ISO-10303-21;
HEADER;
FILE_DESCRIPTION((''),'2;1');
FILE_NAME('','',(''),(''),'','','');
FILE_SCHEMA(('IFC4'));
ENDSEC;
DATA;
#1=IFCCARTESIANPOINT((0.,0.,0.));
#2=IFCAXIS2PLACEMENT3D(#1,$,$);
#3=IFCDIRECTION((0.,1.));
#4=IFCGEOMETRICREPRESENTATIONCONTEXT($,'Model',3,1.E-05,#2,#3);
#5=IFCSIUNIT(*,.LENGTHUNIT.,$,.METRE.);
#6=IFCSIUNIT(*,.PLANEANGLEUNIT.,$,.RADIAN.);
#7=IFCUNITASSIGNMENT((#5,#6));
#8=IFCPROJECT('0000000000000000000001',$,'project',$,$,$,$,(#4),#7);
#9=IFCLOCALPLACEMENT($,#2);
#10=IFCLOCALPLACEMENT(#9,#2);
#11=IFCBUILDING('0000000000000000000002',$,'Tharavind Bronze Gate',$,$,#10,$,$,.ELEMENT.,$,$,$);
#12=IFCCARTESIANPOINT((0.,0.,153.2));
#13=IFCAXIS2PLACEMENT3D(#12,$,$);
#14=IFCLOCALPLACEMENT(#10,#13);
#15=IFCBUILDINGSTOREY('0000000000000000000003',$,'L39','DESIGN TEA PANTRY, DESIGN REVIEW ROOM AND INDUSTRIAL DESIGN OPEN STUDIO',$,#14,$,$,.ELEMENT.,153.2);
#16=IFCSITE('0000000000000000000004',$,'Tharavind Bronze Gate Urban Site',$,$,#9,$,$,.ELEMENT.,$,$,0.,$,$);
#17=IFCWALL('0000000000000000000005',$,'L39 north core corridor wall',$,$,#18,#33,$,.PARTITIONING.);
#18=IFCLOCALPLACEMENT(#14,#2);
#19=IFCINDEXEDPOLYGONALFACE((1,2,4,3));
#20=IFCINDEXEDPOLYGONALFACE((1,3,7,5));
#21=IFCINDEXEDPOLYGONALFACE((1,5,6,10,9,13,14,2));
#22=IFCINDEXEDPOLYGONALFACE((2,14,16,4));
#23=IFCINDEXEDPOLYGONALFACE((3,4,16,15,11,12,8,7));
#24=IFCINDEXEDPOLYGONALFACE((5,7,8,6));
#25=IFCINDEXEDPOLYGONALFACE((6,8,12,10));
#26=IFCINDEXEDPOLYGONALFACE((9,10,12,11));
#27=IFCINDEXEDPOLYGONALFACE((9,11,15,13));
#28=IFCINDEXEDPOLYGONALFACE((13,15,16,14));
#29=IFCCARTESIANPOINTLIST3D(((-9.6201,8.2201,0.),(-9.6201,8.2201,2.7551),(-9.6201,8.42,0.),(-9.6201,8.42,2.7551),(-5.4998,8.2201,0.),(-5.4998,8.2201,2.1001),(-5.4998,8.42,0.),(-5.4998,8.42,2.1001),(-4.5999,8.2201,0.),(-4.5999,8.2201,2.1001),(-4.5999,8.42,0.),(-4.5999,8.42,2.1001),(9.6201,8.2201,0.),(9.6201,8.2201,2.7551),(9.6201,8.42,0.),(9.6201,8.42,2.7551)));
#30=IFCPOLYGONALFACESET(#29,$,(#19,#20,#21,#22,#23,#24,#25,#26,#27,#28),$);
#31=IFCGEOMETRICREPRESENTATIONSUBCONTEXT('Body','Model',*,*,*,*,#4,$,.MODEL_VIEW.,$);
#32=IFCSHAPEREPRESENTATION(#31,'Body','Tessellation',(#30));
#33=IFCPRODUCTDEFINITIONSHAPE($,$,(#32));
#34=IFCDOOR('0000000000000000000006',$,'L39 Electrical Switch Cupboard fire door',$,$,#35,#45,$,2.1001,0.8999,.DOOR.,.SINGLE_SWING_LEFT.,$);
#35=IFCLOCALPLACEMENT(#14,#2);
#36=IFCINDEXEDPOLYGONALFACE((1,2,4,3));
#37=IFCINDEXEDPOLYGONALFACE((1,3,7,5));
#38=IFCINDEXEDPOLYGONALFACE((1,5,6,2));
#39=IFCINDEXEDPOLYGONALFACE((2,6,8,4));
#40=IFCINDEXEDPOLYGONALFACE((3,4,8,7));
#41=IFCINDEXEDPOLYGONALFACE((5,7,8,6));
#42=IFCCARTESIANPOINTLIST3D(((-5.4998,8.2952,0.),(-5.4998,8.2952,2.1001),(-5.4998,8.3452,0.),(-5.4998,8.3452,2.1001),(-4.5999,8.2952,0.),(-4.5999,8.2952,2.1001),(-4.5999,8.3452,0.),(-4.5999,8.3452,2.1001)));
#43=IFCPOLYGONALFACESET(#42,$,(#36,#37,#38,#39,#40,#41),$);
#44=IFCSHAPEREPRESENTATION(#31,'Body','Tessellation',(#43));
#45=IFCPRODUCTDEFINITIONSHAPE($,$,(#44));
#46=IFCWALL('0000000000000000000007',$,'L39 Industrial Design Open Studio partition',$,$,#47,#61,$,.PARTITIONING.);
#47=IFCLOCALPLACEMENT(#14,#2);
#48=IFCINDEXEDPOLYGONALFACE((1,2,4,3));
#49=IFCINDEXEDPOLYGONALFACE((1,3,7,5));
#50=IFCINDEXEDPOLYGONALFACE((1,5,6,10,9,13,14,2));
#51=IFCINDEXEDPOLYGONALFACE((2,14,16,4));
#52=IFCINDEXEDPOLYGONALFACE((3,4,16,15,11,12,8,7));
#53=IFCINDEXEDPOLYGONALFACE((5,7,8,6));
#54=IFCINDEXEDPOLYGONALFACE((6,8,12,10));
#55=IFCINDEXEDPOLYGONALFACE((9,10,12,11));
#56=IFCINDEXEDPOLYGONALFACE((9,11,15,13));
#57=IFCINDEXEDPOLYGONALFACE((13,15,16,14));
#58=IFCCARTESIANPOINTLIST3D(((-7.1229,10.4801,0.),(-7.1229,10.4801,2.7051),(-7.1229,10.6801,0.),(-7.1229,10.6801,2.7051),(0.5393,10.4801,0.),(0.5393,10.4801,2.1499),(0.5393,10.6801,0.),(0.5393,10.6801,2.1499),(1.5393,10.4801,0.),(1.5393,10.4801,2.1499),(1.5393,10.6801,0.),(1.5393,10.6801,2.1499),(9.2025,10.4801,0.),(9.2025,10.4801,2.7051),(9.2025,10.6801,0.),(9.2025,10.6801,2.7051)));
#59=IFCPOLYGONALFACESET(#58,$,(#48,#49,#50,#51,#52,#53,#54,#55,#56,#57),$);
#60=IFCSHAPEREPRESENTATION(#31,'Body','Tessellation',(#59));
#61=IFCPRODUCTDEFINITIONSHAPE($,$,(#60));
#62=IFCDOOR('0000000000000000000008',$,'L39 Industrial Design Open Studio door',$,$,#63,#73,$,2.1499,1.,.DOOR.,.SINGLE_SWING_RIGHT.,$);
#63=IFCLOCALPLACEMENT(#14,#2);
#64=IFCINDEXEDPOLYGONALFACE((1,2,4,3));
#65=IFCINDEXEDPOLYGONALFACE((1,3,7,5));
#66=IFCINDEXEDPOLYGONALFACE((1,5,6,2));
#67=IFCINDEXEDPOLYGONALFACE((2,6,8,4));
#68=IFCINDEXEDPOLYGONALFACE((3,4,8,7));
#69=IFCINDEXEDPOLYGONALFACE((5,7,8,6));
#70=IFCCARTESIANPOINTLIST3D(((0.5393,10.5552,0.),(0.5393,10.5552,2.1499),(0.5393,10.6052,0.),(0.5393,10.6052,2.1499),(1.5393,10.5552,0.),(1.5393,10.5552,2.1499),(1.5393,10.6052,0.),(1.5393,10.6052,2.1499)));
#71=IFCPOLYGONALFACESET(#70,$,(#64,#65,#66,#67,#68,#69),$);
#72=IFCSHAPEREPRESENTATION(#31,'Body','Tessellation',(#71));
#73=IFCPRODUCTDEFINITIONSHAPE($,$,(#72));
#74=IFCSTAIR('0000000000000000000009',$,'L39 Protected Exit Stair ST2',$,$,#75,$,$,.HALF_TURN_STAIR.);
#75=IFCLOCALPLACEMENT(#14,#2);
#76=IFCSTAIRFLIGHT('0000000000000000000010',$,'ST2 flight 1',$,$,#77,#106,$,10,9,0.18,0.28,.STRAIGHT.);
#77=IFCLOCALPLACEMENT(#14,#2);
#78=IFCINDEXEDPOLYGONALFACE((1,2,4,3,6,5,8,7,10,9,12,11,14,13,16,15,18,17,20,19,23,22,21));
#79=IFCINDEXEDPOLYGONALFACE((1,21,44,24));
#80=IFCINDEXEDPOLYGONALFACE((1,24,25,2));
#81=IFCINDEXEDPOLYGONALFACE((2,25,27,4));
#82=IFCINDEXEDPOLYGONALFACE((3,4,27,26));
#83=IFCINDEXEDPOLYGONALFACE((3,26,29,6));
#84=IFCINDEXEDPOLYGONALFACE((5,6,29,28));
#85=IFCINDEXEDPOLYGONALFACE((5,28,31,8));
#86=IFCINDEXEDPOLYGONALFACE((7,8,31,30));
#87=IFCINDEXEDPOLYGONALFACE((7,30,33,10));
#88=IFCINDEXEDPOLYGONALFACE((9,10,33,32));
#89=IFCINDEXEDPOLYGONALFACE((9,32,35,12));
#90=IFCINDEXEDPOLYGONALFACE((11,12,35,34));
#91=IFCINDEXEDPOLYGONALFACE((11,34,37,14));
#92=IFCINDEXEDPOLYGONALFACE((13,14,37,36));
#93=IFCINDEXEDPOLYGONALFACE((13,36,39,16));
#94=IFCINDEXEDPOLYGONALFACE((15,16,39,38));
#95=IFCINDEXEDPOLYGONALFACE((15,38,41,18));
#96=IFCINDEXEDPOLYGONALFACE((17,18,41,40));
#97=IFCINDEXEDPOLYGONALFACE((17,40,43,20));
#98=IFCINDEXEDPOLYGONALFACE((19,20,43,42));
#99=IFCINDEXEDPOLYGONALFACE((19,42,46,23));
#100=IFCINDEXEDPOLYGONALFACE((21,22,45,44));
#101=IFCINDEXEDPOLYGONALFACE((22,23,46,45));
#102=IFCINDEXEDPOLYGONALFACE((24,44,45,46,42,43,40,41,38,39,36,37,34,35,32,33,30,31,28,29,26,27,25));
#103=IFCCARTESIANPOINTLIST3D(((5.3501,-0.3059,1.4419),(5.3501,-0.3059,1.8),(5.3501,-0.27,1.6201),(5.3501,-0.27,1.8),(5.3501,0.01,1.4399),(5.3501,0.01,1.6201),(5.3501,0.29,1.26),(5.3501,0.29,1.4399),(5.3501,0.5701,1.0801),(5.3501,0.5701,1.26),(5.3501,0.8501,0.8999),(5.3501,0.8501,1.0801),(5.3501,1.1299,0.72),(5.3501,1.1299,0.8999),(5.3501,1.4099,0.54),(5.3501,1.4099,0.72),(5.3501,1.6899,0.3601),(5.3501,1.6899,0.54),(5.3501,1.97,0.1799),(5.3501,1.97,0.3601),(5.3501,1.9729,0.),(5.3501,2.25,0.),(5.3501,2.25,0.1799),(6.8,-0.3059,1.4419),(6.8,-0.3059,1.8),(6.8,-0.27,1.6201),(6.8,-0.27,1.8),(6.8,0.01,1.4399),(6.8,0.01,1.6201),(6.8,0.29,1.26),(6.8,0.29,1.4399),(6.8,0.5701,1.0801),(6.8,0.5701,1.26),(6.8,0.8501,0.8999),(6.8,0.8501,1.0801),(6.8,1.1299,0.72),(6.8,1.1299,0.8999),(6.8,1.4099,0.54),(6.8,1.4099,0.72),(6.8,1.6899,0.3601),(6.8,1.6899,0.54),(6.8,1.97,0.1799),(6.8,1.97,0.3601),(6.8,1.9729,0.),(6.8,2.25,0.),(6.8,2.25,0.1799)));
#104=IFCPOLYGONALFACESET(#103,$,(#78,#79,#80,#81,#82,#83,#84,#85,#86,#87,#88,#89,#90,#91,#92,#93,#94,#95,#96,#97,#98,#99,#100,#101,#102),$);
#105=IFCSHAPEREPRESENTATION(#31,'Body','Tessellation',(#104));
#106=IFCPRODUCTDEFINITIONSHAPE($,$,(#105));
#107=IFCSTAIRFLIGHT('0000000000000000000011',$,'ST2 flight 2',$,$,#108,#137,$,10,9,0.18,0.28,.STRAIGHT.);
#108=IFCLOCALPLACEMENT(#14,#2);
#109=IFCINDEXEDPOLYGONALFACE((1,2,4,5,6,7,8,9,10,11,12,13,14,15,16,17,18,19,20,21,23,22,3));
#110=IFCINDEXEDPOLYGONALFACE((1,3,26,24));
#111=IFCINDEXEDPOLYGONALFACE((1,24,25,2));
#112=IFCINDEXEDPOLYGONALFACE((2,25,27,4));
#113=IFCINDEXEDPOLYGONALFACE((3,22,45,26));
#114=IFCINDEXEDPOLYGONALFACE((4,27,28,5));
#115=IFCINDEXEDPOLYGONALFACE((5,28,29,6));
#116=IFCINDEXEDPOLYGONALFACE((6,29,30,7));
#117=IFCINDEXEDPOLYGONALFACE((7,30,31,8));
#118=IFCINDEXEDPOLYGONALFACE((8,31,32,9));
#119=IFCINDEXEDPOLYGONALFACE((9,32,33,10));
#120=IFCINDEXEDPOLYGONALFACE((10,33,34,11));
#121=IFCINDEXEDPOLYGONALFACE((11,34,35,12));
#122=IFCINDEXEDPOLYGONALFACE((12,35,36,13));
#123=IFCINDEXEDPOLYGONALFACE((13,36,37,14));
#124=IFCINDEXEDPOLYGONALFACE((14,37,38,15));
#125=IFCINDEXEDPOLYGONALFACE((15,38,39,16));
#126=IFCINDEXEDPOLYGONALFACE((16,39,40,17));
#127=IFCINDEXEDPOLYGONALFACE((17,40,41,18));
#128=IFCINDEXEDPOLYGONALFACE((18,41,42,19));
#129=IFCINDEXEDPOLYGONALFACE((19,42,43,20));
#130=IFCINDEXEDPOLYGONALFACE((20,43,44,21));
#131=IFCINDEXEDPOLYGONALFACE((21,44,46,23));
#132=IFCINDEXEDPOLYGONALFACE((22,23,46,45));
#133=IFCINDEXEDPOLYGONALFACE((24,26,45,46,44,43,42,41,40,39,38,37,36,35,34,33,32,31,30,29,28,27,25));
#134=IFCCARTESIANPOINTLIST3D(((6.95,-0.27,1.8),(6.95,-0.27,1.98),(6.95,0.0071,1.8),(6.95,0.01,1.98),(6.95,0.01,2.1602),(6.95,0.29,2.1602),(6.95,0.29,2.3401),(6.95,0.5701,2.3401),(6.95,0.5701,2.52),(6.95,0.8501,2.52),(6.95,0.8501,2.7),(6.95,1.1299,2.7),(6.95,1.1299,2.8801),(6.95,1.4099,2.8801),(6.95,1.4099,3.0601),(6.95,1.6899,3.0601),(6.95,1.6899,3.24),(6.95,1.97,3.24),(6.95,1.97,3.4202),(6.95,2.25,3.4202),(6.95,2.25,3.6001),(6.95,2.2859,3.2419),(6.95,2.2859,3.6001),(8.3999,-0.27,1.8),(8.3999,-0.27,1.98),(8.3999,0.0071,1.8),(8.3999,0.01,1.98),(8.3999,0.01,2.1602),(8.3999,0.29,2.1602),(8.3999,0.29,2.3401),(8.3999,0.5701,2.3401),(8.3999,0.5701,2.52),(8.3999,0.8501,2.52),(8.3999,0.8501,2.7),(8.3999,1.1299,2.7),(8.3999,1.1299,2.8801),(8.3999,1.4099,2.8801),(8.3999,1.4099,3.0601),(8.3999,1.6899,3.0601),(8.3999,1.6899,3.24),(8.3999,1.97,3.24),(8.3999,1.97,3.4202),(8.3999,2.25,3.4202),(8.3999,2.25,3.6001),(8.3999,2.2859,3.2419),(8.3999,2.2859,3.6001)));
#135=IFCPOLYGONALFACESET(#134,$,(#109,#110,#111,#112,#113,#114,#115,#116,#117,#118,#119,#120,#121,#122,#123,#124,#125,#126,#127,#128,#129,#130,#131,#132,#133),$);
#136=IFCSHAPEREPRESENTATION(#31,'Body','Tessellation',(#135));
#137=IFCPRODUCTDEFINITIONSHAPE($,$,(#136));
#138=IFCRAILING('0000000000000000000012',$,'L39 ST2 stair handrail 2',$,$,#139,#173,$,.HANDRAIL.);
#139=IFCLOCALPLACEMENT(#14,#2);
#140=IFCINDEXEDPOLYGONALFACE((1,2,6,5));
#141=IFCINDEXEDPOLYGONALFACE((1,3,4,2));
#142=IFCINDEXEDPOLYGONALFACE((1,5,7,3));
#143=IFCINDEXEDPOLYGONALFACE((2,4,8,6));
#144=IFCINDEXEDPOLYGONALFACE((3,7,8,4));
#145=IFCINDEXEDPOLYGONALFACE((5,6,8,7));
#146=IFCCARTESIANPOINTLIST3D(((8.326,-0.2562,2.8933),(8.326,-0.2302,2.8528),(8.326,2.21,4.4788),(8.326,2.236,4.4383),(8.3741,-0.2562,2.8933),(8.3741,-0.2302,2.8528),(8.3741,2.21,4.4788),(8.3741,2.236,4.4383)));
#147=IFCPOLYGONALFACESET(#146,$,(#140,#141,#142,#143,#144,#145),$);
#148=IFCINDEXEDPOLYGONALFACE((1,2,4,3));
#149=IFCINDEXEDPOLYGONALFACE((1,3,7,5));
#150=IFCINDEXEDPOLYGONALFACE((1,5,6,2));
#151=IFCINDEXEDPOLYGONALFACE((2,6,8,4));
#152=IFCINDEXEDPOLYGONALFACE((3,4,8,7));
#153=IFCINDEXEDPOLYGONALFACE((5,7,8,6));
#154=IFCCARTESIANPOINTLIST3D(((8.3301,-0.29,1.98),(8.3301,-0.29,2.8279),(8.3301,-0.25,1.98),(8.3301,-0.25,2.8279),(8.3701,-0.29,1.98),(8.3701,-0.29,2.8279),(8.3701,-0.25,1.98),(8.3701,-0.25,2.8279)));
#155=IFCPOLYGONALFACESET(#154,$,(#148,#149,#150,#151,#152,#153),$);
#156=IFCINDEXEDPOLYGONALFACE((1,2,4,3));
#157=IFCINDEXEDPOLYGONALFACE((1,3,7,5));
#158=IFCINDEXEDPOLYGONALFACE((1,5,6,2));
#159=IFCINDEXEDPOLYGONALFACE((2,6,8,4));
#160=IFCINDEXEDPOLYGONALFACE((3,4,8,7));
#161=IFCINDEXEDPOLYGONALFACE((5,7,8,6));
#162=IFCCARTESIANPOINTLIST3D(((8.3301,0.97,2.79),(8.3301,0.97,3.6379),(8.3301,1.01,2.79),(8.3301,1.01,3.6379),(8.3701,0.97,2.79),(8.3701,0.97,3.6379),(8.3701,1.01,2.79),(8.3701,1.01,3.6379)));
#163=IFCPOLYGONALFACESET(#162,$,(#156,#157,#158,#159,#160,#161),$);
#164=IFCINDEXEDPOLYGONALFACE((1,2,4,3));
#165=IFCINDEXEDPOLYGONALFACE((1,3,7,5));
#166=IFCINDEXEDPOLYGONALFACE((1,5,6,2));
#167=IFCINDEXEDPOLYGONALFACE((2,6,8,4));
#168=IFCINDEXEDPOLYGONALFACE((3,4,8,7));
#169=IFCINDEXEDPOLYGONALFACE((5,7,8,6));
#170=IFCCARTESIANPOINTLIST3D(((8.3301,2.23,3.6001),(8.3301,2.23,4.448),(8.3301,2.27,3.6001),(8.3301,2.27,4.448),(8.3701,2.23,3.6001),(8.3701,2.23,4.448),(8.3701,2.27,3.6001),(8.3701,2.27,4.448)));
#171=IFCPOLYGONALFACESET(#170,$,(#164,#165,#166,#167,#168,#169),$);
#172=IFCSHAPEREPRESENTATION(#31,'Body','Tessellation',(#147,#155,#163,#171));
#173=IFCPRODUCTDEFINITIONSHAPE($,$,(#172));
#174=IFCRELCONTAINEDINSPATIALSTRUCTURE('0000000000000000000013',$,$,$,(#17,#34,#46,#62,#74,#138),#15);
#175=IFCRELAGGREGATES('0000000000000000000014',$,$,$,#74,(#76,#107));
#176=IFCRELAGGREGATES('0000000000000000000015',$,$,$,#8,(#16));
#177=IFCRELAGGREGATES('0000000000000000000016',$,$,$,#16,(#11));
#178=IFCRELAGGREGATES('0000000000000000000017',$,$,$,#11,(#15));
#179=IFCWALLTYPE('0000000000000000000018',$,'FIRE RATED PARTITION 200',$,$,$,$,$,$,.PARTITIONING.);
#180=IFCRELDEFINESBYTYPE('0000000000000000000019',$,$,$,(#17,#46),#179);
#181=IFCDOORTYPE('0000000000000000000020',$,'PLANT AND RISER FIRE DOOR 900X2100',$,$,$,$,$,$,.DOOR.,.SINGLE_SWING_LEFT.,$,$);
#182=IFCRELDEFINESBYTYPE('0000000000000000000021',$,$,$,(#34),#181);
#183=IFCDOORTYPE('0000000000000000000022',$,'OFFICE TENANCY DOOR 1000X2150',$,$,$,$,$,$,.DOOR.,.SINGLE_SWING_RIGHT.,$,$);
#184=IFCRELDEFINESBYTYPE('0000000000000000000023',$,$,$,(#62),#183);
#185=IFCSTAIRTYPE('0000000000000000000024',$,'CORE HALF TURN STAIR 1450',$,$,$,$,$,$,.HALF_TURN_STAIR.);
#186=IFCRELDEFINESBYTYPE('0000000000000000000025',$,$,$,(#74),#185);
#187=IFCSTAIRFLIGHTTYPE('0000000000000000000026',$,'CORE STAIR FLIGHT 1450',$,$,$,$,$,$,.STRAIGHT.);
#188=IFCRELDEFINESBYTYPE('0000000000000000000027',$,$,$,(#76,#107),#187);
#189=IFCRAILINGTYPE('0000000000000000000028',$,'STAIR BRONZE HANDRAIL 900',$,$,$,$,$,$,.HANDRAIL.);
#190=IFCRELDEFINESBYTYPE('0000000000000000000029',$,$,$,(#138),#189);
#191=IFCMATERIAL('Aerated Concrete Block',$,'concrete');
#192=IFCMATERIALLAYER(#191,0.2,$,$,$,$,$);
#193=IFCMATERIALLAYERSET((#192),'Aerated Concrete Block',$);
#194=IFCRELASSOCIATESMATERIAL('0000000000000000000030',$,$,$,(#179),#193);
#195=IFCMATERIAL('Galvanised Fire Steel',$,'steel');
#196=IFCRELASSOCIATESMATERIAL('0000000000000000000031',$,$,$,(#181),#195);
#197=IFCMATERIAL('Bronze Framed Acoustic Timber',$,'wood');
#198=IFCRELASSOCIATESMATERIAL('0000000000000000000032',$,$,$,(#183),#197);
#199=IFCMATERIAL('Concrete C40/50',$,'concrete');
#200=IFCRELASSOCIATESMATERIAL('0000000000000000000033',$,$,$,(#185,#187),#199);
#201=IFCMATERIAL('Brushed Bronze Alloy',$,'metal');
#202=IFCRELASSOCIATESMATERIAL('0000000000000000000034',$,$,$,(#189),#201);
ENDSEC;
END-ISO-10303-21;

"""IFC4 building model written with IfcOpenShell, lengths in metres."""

from ifc_helpers import new_model, si_unit, direction, frame, frame_2d, origin, origin_2d, place, context, subcontext, project, spatial, polyline, rectangle, outline, extrude, material, layer, layer_set, type_object, element, fill, aggregate, save


model = new_model("IFC4")

# Units and contexts
model_context = context("Model", 3, precision=1e-05, world=origin(), true_north=direction((0.0, 1.0)))
body_context = subcontext(model_context, "Body", "Model", "MODEL_VIEW")
ifc_project = project(units=[si_unit("LENGTHUNIT", "METRE"), si_unit("PLANEANGLEUNIT", "RADIAN")], contexts=[model_context])

# Site, building, storey
site_placement = place(None, origin())
site = spatial("IfcSite", under=ifc_project, at=site_placement, Name="Tharavind Bronze Gate Urban Site", CompositionType="ELEMENT", RefElevation=0.0)
building_placement = place(site_placement, origin())
building = spatial("IfcBuilding", under=site, at=building_placement, Name="Tharavind Bronze Gate", CompositionType="ELEMENT")
storey_placement = place(building_placement, frame((0.0, 0.0, 153.2)))
storey = spatial("IfcBuildingStorey", under=building, at=storey_placement, Name="L39", Description="DESIGN TEA PANTRY, DESIGN REVIEW ROOM AND INDUSTRIAL DESIGN OPEN STUDIO", CompositionType="ELEMENT", Elevation=153.2)

# Walls, openings, doors
ifc_material_1 = material(Name="Aerated Concrete Block", Category="concrete")
ifc_layer_1 = layer(ifc_material_1, 0.2)
ifc_layer_set_1 = layer_set([ifc_layer_1], Name="Aerated Concrete Block")
wall_type = type_object("IfcWallType", Name="FIRE RATED PARTITION 200", PredefinedType="PARTITIONING", material=ifc_layer_set_1)
wall_1_placement = place(storey_placement, frame((9.6201, 8.3201, 0.0), z_axis=(0.0, 0.0, 1.0), x_axis=(-1.0, 0.0, 0.0)))
wall_1 = element("IfcWall", 1, at=wall_1_placement, inside=storey, type_object=wall_type, Name="L39 north core corridor wall", PredefinedType="PARTITIONING", context=body_context, shape_type="SweptSolid", body=[
    extrude(rectangle(XDim=19.2402, YDim=0.2, at=frame_2d((9.6201, 0.0))), origin(), (0.0, 0.0, 1.0), 2.7551),
])
opening_1_placement = place(wall_1_placement, frame((14.22, 0.0, 0.0)))
opening_1 = element("IfcOpeningElement", 2, at=opening_1_placement, cuts=wall_1, PredefinedType="OPENING", context=body_context, shape_type="SweptSolid", body=[
    extrude(rectangle(XDim=0.8999, YDim=2.1001, at=frame_2d((0.45, 1.05))), frame((0.0, 0.1101, 0.0), z_axis=(0.0, -1.0, 0.0), x_axis=(1.0, 0.0, 0.0)), (0.0, 0.0, 1.0), 0.22),
])
ifc_material_2 = material(Name="Galvanised Fire Steel", Category="steel")
door_type_1 = type_object("IfcDoorType", Name="PLANT AND RISER FIRE DOOR 900X2100", OperationType="SINGLE_SWING_LEFT", PredefinedType="DOOR", material=ifc_material_2)
door_1_placement = place(opening_1_placement, origin())
door_1 = element("IfcDoor", 3, at=door_1_placement, inside=storey, type_object=door_type_1, Name="L39 Electrical Switch Cupboard fire door", OperationType="SINGLE_SWING_LEFT", OverallHeight=2.1001, OverallWidth=0.8999, PredefinedType="DOOR", context=body_context, shape_type="SweptSolid", body=[
    extrude(rectangle(XDim=0.8999, YDim=2.1001, at=frame_2d((0.45, 1.05))), frame((0.0, 0.0249, 0.0), z_axis=(0.0, -1.0, 0.0), x_axis=(1.0, 0.0, 0.0)), (0.0, 0.0, 1.0), 0.05),
])
fill(opening_1, door_1)
wall_2_placement = place(storey_placement, frame((9.2024, 10.5801, 0.0), z_axis=(0.0, 0.0, 1.0), x_axis=(-1.0, 0.0, 0.0)))
wall_2 = element("IfcWall", 4, at=wall_2_placement, inside=storey, type_object=wall_type, Name="L39 Industrial Design Open Studio partition", PredefinedType="PARTITIONING", context=body_context, shape_type="SweptSolid", body=[
    extrude(rectangle(XDim=16.3254, YDim=0.2, at=frame_2d((8.1626, 0.0))), origin(), (0.0, 0.0, 1.0), 2.7051),
])
opening_2_placement = place(wall_2_placement, frame((7.6631, 0.0, 0.0)))
opening_2 = element("IfcOpeningElement", 5, at=opening_2_placement, cuts=wall_2, PredefinedType="OPENING", context=body_context, shape_type="SweptSolid", body=[
    extrude(rectangle(XDim=1.0, YDim=2.1499, at=frame_2d((0.5, 1.075))), frame((0.0, 0.1101, 0.0), z_axis=(0.0, -1.0, 0.0), x_axis=(1.0, 0.0, 0.0)), (0.0, 0.0, 1.0), 0.22),
])
ifc_material_3 = material(Name="Bronze Framed Acoustic Timber", Category="wood")
door_type_2 = type_object("IfcDoorType", Name="OFFICE TENANCY DOOR 1000X2150", OperationType="SINGLE_SWING_RIGHT", PredefinedType="DOOR", material=ifc_material_3)
door_2_placement = place(opening_2_placement, origin())
door_2 = element("IfcDoor", 6, at=door_2_placement, inside=storey, type_object=door_type_2, Name="L39 Industrial Design Open Studio door", OperationType="SINGLE_SWING_RIGHT", OverallHeight=2.1499, OverallWidth=1.0, PredefinedType="DOOR", context=body_context, shape_type="SweptSolid", body=[
    extrude(rectangle(XDim=1.0, YDim=2.1499, at=frame_2d((0.5, 1.075))), frame((0.0, 0.0249, 0.0), z_axis=(0.0, -1.0, 0.0), x_axis=(1.0, 0.0, 0.0)), (0.0, 0.0, 1.0), 0.05),
])
fill(opening_2, door_2)

# Stair, stair flights
ifc_material_4 = material(Name="Concrete C40/50", Category="concrete")
stair_type = type_object("IfcStairType", Name="CORE HALF TURN STAIR 1450", PredefinedType="HALF_TURN_STAIR", material=ifc_material_4)
stair_placement = place(storey_placement, origin())
stair = element("IfcStair", 7, at=stair_placement, inside=storey, type_object=stair_type, Name="L39 Protected Exit Stair ST2", PredefinedType="HALF_TURN_STAIR")
stair_flight_type = type_object("IfcStairFlightType", Name="CORE STAIR FLIGHT 1450", PredefinedType="STRAIGHT", material=ifc_material_4)
stair_flight_1_placement = place(storey_placement, frame((6.075, 2.25, 0.0), z_axis=(0.0, 0.0, 1.0), x_axis=(0.0, -1.0, 0.0)))
stair_flight_1 = element("IfcStairFlight", 8, at=stair_flight_1_placement, type_object=stair_flight_type, Name="ST2 flight 1", NumberOfRisers=10, NumberOfTreads=9, PredefinedType="STRAIGHT", RiserHeight=0.18, TreadLength=0.28, context=body_context, shape_type="SweptSolid", body=[
    extrude(outline(polyline([(0.0, 0.0), (0.0, 0.1799), (0.28, 0.1799), (0.28, 0.3601), (0.5601, 0.3601), (0.5601, 0.54), (0.8401, 0.54), (0.8401, 0.72), (1.1201, 0.72), (1.1201, 0.8999), (1.3999, 0.8999), (1.3999, 1.0801), (1.6799, 1.0801), (1.6799, 1.26), (1.96, 1.26), (1.96, 1.4399), (2.24, 1.4399), (2.24, 1.6201), (2.52, 1.6201), (2.52, 1.8), (2.5559, 1.8), (2.5559, 1.4419), (0.2771, 0.0), (0.0, 0.0)])), frame((0.0, 0.7251, 0.0), z_axis=(0.0, -1.0, 0.0), x_axis=(1.0, 0.0, 0.0)), (0.0, 0.0, 1.0), 1.45),
])
stair_flight_2_placement = place(storey_placement, frame((7.675, -0.27, 1.8), z_axis=(0.0, 0.0, 1.0), x_axis=(0.0, 1.0, 0.0)))
stair_flight_2 = element("IfcStairFlight", 9, at=stair_flight_2_placement, type_object=stair_flight_type, Name="ST2 flight 2", NumberOfRisers=10, NumberOfTreads=9, PredefinedType="STRAIGHT", RiserHeight=0.18, TreadLength=0.28, context=body_context, shape_type="SweptSolid", body=[
    extrude(outline(polyline([(0.0, 0.0), (0.0, 0.1799), (0.28, 0.1799), (0.28, 0.3601), (0.5601, 0.3601), (0.5601, 0.54), (0.8401, 0.54), (0.8401, 0.72), (1.1201, 0.72), (1.1201, 0.8999), (1.3999, 0.8999), (1.3999, 1.0801), (1.6799, 1.0801), (1.6799, 1.26), (1.96, 1.26), (1.96, 1.4399), (2.24, 1.4399), (2.24, 1.6201), (2.52, 1.6201), (2.52, 1.8), (2.5559, 1.8), (2.5559, 1.4419), (0.2771, 0.0), (0.0, 0.0)])), frame((0.0, 0.7251, 0.0), z_axis=(0.0, -1.0, 0.0), x_axis=(1.0, 0.0, 0.0)), (0.0, 0.0, 1.0), 1.45),
])
aggregate(stair, [stair_flight_1, stair_flight_2])

# Railing
ifc_material_5 = material(Name="Brushed Bronze Alloy", Category="metal")
railing_type_1 = type_object("IfcRailingType", Name="STAIR BRONZE HANDRAIL 900", PredefinedType="HANDRAIL", material=ifc_material_5)
railing_1_placement = place(storey_placement, frame((8.3501, -0.27, 1.98)))
element("IfcRailing", 10, at=railing_1_placement, inside=storey, type_object=railing_type_1, Name="L39 ST2 stair handrail 2", PredefinedType="HANDRAIL", context=body_context, shape_type="SweptSolid", body=[
    extrude(rectangle(XDim=0.0481, YDim=0.0481, at=origin_2d()), frame((0.0, 0.0269, 0.8931), z_axis=(0.0, 0.841163, 0.540782), x_axis=(-1.0, 0.0, 0.0)), (0.0, 0.0, 1.0), 2.9319),
    extrude(rectangle(XDim=0.04, YDim=0.04, at=origin_2d()), origin(), (0.0, 0.0, 1.0), 0.8479),
    extrude(rectangle(XDim=0.04, YDim=0.04, at=origin_2d()), frame((0.0, 1.26, 0.8101)), (0.0, 0.0, 1.0), 0.8479),
    extrude(rectangle(XDim=0.04, YDim=0.04, at=origin_2d()), frame((0.0, 2.52, 1.6201)), (0.0, 0.0, 1.0), 0.8479),
])

save(model, "model.ifc")
